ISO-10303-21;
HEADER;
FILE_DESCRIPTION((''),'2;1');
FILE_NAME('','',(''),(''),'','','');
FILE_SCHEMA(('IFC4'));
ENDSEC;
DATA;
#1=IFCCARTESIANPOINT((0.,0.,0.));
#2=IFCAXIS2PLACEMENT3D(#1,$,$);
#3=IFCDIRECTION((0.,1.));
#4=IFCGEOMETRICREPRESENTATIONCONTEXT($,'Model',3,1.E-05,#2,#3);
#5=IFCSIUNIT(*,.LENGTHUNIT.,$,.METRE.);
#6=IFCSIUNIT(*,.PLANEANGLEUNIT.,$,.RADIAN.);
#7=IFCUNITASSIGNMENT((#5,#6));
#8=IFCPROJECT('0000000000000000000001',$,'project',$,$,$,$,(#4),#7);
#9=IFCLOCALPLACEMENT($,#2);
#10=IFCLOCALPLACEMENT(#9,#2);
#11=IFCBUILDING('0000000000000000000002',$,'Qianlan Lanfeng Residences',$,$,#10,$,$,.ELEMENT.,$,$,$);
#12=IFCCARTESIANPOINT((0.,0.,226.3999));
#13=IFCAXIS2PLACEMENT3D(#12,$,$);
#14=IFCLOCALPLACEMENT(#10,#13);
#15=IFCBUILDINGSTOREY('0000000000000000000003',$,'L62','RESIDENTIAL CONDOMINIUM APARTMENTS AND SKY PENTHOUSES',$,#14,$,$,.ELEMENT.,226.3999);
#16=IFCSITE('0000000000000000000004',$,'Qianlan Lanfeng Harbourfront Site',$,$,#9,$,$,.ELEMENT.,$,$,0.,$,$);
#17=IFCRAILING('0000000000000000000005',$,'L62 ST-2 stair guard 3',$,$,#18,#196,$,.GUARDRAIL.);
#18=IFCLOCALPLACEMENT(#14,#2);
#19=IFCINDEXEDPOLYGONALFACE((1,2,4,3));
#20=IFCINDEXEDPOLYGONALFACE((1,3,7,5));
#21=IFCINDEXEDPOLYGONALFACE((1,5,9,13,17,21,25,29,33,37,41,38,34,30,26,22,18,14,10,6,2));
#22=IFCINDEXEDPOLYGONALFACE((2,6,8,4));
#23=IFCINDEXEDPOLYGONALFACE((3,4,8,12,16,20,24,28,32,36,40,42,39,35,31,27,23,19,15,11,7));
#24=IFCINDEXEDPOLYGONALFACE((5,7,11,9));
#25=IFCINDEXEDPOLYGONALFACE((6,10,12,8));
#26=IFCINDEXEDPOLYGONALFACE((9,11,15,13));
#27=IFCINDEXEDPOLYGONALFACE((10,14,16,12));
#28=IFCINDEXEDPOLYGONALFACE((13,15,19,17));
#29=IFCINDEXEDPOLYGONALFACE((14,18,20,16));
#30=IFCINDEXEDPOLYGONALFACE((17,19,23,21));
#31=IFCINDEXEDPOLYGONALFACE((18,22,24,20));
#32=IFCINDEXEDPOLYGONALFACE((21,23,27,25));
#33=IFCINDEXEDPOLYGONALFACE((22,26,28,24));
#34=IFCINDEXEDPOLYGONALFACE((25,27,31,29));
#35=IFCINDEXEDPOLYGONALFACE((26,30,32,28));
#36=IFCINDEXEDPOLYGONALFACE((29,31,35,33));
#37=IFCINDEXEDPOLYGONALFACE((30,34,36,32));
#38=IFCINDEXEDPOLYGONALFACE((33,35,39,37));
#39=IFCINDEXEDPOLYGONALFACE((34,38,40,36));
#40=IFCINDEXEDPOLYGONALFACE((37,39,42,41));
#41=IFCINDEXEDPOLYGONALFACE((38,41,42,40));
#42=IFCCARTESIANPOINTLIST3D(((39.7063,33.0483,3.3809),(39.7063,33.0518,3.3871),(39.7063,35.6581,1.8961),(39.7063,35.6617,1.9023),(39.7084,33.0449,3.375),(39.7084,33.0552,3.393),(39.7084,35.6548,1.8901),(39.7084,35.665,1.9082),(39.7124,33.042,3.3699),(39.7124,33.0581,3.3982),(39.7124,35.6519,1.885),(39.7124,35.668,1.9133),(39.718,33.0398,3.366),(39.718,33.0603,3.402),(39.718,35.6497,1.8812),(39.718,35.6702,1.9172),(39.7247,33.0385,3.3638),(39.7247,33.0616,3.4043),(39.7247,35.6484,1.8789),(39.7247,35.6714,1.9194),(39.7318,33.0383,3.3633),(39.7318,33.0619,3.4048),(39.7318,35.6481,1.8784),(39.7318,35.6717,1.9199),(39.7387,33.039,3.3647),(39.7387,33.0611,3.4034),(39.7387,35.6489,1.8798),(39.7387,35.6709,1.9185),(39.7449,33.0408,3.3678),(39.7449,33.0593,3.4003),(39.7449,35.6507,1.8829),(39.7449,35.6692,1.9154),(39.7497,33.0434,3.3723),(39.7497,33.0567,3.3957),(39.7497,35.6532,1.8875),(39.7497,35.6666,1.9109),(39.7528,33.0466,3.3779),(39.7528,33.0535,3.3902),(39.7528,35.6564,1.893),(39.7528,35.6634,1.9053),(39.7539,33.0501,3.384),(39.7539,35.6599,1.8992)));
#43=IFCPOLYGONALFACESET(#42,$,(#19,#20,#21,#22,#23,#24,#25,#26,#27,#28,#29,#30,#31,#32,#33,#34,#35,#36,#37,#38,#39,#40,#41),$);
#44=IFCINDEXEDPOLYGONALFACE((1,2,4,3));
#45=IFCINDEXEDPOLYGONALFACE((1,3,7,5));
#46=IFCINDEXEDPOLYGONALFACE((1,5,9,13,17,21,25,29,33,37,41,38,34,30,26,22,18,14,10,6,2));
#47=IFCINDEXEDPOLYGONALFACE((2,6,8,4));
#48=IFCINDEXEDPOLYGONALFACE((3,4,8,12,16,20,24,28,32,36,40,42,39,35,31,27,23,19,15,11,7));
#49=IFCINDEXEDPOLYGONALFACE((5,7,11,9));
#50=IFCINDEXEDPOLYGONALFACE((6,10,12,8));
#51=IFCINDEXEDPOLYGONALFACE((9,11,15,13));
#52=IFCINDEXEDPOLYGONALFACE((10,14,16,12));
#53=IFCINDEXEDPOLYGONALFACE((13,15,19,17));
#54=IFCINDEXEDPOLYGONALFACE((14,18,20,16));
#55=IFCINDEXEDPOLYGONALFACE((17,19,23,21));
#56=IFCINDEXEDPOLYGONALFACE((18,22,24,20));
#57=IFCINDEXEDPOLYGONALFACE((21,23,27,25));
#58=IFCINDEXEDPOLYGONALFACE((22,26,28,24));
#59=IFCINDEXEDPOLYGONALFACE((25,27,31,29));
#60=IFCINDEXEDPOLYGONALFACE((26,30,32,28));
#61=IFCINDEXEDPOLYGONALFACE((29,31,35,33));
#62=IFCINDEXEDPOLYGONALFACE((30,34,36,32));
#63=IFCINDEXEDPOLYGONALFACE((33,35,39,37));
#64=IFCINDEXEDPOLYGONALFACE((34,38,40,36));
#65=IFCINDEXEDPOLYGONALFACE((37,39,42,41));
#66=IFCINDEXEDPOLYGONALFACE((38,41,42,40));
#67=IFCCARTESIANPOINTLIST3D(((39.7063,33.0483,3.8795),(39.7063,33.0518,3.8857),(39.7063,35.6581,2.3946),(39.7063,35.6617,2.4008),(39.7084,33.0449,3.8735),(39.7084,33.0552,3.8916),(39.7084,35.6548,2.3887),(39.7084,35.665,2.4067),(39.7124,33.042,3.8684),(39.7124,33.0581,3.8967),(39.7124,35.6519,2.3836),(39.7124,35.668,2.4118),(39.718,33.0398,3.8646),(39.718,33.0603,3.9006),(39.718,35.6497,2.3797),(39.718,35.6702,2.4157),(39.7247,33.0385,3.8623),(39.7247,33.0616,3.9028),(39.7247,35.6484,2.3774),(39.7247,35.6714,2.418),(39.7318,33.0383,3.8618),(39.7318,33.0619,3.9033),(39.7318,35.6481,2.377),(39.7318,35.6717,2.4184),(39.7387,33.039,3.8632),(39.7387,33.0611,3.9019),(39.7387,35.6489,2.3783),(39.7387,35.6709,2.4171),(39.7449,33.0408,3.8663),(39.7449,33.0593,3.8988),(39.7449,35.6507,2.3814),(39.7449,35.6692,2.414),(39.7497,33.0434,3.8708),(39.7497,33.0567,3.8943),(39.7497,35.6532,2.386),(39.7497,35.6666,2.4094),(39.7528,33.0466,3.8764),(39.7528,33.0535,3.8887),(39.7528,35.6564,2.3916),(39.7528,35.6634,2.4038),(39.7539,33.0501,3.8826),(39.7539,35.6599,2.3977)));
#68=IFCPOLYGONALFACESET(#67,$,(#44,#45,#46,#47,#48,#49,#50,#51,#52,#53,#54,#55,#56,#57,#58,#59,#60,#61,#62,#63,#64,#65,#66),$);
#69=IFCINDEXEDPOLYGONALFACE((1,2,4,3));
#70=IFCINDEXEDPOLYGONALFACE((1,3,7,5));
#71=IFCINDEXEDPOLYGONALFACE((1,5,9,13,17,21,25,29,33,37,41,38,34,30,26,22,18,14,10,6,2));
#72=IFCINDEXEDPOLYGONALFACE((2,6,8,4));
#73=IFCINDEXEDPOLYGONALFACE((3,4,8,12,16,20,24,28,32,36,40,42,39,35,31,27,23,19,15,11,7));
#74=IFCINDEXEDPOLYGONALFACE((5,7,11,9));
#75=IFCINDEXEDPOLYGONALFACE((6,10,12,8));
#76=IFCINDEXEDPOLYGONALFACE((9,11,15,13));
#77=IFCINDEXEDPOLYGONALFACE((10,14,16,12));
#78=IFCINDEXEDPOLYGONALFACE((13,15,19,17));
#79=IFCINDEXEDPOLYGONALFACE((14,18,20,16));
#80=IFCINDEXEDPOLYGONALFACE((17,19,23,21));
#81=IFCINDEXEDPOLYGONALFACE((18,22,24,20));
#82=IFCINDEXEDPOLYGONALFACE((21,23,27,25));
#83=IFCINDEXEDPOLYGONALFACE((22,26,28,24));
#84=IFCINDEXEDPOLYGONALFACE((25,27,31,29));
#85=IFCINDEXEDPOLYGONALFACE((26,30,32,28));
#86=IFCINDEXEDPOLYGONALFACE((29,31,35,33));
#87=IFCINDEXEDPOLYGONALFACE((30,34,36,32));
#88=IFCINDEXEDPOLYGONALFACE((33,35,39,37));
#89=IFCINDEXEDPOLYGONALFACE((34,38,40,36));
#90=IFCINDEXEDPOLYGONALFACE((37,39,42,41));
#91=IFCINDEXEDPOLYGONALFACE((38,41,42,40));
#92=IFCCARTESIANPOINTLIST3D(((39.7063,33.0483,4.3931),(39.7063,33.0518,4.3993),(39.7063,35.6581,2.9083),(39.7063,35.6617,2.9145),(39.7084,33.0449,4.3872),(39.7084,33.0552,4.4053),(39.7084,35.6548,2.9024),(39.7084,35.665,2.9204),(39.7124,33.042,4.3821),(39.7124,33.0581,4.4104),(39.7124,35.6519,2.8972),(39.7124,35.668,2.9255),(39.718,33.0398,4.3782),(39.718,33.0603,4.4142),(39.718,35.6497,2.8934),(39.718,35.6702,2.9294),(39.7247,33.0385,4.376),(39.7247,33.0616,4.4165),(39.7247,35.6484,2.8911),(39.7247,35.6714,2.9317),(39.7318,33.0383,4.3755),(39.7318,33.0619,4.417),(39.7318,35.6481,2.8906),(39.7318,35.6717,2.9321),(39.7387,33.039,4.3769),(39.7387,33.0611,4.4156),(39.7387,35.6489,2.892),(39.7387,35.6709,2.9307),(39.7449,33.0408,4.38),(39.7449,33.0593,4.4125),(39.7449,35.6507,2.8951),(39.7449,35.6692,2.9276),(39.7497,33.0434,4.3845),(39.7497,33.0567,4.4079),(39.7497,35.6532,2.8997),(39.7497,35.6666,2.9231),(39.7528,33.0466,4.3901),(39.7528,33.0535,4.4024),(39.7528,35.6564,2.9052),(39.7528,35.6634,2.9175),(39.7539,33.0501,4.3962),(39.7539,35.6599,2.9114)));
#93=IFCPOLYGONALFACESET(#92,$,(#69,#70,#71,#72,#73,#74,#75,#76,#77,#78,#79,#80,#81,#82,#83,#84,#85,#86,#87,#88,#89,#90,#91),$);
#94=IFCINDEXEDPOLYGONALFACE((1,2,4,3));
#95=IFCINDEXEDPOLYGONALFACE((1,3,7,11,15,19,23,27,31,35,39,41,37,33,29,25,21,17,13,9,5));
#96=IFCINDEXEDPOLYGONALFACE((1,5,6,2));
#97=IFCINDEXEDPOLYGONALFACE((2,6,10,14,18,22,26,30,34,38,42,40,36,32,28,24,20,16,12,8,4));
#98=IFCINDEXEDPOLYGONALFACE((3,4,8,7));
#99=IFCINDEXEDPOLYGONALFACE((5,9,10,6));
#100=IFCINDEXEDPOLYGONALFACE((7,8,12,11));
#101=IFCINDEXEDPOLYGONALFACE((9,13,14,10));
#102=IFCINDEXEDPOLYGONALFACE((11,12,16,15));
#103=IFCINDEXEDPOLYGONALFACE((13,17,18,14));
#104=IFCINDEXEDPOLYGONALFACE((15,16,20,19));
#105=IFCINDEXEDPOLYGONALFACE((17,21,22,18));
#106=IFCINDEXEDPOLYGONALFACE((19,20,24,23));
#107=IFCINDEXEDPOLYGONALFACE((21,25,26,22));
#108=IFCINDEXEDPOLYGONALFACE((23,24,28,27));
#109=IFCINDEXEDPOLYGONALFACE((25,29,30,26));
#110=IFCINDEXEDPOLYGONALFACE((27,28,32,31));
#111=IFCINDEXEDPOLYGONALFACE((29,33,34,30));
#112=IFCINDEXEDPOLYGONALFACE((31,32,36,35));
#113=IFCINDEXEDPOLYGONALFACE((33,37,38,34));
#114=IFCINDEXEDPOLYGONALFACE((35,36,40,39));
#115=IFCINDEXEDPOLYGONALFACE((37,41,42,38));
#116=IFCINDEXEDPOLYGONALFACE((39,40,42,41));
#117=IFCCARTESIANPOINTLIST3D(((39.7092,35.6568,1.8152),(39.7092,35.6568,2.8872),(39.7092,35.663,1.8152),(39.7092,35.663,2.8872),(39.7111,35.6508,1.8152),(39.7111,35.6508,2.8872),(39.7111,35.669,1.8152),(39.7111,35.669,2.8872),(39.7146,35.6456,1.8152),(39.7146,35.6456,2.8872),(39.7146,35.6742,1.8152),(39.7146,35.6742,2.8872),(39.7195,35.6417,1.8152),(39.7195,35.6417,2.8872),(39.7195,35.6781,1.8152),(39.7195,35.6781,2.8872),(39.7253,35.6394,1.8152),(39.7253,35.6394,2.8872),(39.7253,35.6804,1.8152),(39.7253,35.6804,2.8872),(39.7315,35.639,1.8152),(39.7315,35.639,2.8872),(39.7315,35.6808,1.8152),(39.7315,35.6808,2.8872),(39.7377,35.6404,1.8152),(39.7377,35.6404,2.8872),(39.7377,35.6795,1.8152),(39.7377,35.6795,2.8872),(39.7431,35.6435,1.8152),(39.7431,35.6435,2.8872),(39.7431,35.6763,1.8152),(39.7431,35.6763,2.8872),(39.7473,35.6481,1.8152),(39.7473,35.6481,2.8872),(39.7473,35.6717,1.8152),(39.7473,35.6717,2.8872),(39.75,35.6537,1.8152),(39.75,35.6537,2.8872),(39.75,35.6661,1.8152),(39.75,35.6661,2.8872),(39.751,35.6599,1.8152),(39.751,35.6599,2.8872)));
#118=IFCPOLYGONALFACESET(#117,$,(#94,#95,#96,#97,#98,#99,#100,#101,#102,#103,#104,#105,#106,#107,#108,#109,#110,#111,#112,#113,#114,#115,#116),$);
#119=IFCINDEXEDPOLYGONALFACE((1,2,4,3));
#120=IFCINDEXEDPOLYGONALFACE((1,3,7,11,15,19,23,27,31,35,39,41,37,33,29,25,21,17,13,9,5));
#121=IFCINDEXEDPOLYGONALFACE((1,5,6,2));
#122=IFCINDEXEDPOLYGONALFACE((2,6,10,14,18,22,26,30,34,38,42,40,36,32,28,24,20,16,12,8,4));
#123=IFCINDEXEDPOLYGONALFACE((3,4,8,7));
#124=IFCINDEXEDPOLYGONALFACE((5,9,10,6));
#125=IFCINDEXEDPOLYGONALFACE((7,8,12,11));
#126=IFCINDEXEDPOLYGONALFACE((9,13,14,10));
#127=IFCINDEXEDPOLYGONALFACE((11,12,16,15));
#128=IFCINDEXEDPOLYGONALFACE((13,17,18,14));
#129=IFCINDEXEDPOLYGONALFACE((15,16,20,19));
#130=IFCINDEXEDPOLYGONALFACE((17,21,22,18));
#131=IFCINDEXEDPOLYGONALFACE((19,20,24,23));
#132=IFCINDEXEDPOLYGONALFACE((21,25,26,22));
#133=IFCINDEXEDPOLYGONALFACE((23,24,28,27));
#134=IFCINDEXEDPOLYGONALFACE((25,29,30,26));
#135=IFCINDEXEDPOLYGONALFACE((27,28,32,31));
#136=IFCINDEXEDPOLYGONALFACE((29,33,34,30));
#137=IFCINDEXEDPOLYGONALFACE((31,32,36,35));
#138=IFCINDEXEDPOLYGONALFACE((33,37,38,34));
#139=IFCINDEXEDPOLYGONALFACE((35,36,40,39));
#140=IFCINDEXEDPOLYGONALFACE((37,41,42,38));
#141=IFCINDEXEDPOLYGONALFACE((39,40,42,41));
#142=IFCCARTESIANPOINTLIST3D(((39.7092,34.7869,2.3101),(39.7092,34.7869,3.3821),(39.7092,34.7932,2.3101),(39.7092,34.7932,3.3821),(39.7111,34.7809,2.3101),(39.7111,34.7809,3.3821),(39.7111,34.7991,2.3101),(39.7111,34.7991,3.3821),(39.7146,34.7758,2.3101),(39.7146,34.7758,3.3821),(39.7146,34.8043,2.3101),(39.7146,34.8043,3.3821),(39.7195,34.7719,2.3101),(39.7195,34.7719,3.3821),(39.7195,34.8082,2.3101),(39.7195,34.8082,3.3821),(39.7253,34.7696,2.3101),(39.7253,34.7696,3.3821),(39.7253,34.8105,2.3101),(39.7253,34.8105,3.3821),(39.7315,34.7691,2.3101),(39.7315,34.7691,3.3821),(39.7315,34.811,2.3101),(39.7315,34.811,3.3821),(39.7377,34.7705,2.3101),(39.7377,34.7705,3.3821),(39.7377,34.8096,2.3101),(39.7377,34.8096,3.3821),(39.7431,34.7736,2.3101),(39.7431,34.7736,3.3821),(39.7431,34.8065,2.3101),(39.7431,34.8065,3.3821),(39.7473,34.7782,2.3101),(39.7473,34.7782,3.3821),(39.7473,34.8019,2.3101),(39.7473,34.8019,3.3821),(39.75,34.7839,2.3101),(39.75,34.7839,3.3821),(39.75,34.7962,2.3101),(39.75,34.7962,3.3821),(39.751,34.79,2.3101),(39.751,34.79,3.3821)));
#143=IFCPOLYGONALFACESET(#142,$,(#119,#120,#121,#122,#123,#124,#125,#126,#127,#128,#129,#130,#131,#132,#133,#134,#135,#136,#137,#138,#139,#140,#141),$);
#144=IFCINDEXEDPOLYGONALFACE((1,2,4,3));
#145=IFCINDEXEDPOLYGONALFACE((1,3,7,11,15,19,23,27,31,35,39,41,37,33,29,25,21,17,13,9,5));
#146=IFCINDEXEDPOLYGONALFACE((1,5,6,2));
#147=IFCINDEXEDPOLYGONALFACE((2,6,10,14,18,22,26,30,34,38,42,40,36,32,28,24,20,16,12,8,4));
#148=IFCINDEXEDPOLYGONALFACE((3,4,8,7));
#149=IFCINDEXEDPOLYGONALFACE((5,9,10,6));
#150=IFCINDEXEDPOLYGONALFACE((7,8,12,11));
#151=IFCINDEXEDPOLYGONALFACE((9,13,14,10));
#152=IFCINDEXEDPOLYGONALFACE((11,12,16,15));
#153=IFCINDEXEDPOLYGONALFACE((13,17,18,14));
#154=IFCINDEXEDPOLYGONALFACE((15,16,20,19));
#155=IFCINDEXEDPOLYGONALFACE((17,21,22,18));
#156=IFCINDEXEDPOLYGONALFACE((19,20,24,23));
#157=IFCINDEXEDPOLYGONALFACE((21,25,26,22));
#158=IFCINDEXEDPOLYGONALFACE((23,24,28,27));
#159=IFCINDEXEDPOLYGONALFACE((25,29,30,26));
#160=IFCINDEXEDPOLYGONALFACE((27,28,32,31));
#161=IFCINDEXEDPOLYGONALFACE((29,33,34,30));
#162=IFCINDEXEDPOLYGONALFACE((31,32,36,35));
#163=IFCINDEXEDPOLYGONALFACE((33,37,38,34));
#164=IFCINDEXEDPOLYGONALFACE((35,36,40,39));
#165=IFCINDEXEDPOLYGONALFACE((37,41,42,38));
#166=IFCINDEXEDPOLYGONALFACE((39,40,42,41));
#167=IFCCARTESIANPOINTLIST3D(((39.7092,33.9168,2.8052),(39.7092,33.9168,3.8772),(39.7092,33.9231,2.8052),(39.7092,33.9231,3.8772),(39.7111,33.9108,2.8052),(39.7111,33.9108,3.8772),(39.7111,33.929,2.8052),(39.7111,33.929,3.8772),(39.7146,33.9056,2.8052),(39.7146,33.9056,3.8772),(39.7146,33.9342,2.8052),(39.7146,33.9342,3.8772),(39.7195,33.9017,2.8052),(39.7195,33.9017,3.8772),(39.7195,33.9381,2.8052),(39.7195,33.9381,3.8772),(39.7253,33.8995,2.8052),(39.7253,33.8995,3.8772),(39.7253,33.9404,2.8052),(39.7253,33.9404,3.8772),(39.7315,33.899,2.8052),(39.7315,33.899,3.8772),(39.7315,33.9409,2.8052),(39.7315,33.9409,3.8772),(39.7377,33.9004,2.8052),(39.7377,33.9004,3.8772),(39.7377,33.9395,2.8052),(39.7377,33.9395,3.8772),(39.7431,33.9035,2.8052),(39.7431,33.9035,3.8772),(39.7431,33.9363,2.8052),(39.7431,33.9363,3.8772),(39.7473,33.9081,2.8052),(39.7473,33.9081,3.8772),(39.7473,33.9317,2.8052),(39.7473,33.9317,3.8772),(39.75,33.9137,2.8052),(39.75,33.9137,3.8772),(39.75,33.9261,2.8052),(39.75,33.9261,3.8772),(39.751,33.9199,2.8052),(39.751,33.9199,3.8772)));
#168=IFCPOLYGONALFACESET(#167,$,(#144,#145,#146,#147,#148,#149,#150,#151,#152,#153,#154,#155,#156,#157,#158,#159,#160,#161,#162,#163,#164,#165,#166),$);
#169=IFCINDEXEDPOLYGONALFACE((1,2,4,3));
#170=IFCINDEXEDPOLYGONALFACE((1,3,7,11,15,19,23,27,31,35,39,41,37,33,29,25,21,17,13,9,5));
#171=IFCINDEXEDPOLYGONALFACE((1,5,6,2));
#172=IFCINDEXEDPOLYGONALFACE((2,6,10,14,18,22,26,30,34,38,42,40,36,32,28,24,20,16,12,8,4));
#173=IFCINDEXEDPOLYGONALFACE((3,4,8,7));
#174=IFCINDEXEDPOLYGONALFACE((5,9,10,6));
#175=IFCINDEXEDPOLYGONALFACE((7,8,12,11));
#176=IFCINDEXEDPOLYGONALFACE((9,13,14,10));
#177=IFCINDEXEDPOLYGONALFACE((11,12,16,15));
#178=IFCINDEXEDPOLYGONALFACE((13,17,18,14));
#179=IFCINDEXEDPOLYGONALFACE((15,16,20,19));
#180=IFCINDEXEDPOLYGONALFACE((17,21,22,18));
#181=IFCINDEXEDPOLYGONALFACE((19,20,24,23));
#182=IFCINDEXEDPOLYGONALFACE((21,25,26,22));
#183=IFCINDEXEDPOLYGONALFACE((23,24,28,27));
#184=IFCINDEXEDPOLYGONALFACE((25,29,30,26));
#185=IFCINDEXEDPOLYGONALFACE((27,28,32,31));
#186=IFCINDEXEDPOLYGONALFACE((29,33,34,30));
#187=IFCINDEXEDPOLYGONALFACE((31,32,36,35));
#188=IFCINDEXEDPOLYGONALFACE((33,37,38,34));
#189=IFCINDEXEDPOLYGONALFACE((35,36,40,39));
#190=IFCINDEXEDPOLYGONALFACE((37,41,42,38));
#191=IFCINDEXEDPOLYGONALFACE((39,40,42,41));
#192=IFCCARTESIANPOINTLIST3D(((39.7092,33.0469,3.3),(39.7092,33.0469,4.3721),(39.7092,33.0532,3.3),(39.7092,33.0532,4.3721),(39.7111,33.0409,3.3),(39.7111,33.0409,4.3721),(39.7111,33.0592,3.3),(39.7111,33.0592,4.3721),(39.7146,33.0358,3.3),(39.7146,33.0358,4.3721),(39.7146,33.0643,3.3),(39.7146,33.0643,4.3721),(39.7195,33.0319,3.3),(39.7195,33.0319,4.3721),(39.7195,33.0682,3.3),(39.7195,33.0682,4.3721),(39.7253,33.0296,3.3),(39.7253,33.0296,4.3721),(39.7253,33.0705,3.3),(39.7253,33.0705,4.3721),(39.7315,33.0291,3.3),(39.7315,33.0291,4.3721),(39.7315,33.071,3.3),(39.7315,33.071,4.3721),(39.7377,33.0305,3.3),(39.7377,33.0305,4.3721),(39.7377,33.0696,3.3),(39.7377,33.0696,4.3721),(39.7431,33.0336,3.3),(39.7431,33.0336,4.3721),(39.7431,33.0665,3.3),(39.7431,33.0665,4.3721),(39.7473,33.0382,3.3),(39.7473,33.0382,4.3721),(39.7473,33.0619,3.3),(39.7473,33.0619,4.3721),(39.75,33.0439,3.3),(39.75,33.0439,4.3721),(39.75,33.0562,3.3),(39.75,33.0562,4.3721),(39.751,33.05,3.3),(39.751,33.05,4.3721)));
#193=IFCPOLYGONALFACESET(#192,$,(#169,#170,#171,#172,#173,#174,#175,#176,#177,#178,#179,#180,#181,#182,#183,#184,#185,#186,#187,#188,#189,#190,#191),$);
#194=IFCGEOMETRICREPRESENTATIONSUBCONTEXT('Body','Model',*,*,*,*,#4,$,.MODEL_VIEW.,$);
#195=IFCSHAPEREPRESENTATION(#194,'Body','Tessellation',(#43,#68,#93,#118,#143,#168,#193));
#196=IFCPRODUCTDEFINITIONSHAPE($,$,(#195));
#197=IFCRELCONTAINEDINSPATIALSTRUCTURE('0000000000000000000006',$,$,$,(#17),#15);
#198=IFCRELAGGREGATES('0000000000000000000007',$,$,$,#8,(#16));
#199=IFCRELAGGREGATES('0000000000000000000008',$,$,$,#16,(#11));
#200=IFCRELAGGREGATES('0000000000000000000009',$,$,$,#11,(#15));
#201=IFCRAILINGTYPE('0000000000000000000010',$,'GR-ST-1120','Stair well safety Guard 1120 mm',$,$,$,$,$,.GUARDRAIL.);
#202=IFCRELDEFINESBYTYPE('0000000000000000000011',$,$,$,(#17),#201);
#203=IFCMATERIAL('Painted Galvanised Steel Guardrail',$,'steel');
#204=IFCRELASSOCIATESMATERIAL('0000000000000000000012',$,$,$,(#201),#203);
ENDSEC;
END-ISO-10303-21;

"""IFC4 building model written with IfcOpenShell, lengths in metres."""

from ifc_helpers import new_model, si_unit, direction, frame, origin, origin_2d, place, context, subcontext, project, spatial, circle, extrude, material, type_object, element, save


model = new_model("IFC4")

# Units and contexts
model_context = context("Model", 3, precision=1e-05, world=origin(), true_north=direction((0.0, 1.0)))
body_context = subcontext(model_context, "Body", "Model", "MODEL_VIEW")
ifc_project = project(units=[si_unit("LENGTHUNIT", "METRE"), si_unit("PLANEANGLEUNIT", "RADIAN")], contexts=[model_context])

# Site, building, storey
site_placement = place(None, origin())
site = spatial("IfcSite", under=ifc_project, at=site_placement, Name="Qianlan Lanfeng Harbourfront Site", CompositionType="ELEMENT", RefElevation=0.0)
building_placement = place(site_placement, origin())
building = spatial("IfcBuilding", under=site, at=building_placement, Name="Qianlan Lanfeng Residences", CompositionType="ELEMENT")
storey_placement = place(building_placement, frame((0.0, 0.0, 226.3999)))
storey = spatial("IfcBuildingStorey", under=building, at=storey_placement, Name="L62", Description="RESIDENTIAL CONDOMINIUM APARTMENTS AND SKY PENTHOUSES", CompositionType="ELEMENT", Elevation=226.3999)

# Railing
ifc_material_1 = material(Name="Painted Galvanised Steel Guardrail", Category="steel")
railing_type_1 = type_object("IfcRailingType", Name="GR-ST-1120", Description="Stair well safety Guard 1120 mm", PredefinedType="GUARDRAIL", material=ifc_material_1)
railing_1_placement = place(storey_placement, frame((39.73, 35.6599, 1.8152)))
element("IfcRailing", 1, at=railing_1_placement, inside=storey, type_object=railing_type_1, Name="L62 ST-2 stair guard 3", PredefinedType="GUARDRAIL", context=body_context, shape_type="SweptSolid", body=[
    extrude(circle(Radius=0.0239, at=origin_2d()), frame((0.0, 0.0, 0.084), z_axis=(0.0, -0.869172, 0.494509), x_axis=(1.0, 0.0, 0.0)), (0.0, 0.0, 1.0), 3.0027),
    extrude(circle(Radius=0.0239, at=origin_2d()), frame((0.0, 0.0, 0.5825), z_axis=(0.0, -0.869172, 0.494509), x_axis=(1.0, 0.0, 0.0)), (0.0, 0.0, 1.0), 3.0027),
    extrude(circle(Radius=0.0239, at=origin_2d()), frame((0.0, 0.0, 1.0962), z_axis=(0.0, -0.869172, 0.494509), x_axis=(1.0, 0.0, 0.0)), (0.0, 0.0, 1.0), 3.0027),
    extrude(circle(Radius=0.021, at=origin_2d()), origin(), (0.0, 0.0, 1.0), 1.072),
    extrude(circle(Radius=0.021, at=origin_2d()), frame((0.0, -0.8699, 0.4949)), (0.0, 0.0, 1.0), 1.072),
    extrude(circle(Radius=0.021, at=origin_2d()), frame((0.0, -1.74, 0.99)), (0.0, 0.0, 1.0), 1.072),
    extrude(circle(Radius=0.021, at=origin_2d()), frame((0.0, -2.6099, 1.4849)), (0.0, 0.0, 1.0), 1.072),
])

save(model, "model.ifc")
